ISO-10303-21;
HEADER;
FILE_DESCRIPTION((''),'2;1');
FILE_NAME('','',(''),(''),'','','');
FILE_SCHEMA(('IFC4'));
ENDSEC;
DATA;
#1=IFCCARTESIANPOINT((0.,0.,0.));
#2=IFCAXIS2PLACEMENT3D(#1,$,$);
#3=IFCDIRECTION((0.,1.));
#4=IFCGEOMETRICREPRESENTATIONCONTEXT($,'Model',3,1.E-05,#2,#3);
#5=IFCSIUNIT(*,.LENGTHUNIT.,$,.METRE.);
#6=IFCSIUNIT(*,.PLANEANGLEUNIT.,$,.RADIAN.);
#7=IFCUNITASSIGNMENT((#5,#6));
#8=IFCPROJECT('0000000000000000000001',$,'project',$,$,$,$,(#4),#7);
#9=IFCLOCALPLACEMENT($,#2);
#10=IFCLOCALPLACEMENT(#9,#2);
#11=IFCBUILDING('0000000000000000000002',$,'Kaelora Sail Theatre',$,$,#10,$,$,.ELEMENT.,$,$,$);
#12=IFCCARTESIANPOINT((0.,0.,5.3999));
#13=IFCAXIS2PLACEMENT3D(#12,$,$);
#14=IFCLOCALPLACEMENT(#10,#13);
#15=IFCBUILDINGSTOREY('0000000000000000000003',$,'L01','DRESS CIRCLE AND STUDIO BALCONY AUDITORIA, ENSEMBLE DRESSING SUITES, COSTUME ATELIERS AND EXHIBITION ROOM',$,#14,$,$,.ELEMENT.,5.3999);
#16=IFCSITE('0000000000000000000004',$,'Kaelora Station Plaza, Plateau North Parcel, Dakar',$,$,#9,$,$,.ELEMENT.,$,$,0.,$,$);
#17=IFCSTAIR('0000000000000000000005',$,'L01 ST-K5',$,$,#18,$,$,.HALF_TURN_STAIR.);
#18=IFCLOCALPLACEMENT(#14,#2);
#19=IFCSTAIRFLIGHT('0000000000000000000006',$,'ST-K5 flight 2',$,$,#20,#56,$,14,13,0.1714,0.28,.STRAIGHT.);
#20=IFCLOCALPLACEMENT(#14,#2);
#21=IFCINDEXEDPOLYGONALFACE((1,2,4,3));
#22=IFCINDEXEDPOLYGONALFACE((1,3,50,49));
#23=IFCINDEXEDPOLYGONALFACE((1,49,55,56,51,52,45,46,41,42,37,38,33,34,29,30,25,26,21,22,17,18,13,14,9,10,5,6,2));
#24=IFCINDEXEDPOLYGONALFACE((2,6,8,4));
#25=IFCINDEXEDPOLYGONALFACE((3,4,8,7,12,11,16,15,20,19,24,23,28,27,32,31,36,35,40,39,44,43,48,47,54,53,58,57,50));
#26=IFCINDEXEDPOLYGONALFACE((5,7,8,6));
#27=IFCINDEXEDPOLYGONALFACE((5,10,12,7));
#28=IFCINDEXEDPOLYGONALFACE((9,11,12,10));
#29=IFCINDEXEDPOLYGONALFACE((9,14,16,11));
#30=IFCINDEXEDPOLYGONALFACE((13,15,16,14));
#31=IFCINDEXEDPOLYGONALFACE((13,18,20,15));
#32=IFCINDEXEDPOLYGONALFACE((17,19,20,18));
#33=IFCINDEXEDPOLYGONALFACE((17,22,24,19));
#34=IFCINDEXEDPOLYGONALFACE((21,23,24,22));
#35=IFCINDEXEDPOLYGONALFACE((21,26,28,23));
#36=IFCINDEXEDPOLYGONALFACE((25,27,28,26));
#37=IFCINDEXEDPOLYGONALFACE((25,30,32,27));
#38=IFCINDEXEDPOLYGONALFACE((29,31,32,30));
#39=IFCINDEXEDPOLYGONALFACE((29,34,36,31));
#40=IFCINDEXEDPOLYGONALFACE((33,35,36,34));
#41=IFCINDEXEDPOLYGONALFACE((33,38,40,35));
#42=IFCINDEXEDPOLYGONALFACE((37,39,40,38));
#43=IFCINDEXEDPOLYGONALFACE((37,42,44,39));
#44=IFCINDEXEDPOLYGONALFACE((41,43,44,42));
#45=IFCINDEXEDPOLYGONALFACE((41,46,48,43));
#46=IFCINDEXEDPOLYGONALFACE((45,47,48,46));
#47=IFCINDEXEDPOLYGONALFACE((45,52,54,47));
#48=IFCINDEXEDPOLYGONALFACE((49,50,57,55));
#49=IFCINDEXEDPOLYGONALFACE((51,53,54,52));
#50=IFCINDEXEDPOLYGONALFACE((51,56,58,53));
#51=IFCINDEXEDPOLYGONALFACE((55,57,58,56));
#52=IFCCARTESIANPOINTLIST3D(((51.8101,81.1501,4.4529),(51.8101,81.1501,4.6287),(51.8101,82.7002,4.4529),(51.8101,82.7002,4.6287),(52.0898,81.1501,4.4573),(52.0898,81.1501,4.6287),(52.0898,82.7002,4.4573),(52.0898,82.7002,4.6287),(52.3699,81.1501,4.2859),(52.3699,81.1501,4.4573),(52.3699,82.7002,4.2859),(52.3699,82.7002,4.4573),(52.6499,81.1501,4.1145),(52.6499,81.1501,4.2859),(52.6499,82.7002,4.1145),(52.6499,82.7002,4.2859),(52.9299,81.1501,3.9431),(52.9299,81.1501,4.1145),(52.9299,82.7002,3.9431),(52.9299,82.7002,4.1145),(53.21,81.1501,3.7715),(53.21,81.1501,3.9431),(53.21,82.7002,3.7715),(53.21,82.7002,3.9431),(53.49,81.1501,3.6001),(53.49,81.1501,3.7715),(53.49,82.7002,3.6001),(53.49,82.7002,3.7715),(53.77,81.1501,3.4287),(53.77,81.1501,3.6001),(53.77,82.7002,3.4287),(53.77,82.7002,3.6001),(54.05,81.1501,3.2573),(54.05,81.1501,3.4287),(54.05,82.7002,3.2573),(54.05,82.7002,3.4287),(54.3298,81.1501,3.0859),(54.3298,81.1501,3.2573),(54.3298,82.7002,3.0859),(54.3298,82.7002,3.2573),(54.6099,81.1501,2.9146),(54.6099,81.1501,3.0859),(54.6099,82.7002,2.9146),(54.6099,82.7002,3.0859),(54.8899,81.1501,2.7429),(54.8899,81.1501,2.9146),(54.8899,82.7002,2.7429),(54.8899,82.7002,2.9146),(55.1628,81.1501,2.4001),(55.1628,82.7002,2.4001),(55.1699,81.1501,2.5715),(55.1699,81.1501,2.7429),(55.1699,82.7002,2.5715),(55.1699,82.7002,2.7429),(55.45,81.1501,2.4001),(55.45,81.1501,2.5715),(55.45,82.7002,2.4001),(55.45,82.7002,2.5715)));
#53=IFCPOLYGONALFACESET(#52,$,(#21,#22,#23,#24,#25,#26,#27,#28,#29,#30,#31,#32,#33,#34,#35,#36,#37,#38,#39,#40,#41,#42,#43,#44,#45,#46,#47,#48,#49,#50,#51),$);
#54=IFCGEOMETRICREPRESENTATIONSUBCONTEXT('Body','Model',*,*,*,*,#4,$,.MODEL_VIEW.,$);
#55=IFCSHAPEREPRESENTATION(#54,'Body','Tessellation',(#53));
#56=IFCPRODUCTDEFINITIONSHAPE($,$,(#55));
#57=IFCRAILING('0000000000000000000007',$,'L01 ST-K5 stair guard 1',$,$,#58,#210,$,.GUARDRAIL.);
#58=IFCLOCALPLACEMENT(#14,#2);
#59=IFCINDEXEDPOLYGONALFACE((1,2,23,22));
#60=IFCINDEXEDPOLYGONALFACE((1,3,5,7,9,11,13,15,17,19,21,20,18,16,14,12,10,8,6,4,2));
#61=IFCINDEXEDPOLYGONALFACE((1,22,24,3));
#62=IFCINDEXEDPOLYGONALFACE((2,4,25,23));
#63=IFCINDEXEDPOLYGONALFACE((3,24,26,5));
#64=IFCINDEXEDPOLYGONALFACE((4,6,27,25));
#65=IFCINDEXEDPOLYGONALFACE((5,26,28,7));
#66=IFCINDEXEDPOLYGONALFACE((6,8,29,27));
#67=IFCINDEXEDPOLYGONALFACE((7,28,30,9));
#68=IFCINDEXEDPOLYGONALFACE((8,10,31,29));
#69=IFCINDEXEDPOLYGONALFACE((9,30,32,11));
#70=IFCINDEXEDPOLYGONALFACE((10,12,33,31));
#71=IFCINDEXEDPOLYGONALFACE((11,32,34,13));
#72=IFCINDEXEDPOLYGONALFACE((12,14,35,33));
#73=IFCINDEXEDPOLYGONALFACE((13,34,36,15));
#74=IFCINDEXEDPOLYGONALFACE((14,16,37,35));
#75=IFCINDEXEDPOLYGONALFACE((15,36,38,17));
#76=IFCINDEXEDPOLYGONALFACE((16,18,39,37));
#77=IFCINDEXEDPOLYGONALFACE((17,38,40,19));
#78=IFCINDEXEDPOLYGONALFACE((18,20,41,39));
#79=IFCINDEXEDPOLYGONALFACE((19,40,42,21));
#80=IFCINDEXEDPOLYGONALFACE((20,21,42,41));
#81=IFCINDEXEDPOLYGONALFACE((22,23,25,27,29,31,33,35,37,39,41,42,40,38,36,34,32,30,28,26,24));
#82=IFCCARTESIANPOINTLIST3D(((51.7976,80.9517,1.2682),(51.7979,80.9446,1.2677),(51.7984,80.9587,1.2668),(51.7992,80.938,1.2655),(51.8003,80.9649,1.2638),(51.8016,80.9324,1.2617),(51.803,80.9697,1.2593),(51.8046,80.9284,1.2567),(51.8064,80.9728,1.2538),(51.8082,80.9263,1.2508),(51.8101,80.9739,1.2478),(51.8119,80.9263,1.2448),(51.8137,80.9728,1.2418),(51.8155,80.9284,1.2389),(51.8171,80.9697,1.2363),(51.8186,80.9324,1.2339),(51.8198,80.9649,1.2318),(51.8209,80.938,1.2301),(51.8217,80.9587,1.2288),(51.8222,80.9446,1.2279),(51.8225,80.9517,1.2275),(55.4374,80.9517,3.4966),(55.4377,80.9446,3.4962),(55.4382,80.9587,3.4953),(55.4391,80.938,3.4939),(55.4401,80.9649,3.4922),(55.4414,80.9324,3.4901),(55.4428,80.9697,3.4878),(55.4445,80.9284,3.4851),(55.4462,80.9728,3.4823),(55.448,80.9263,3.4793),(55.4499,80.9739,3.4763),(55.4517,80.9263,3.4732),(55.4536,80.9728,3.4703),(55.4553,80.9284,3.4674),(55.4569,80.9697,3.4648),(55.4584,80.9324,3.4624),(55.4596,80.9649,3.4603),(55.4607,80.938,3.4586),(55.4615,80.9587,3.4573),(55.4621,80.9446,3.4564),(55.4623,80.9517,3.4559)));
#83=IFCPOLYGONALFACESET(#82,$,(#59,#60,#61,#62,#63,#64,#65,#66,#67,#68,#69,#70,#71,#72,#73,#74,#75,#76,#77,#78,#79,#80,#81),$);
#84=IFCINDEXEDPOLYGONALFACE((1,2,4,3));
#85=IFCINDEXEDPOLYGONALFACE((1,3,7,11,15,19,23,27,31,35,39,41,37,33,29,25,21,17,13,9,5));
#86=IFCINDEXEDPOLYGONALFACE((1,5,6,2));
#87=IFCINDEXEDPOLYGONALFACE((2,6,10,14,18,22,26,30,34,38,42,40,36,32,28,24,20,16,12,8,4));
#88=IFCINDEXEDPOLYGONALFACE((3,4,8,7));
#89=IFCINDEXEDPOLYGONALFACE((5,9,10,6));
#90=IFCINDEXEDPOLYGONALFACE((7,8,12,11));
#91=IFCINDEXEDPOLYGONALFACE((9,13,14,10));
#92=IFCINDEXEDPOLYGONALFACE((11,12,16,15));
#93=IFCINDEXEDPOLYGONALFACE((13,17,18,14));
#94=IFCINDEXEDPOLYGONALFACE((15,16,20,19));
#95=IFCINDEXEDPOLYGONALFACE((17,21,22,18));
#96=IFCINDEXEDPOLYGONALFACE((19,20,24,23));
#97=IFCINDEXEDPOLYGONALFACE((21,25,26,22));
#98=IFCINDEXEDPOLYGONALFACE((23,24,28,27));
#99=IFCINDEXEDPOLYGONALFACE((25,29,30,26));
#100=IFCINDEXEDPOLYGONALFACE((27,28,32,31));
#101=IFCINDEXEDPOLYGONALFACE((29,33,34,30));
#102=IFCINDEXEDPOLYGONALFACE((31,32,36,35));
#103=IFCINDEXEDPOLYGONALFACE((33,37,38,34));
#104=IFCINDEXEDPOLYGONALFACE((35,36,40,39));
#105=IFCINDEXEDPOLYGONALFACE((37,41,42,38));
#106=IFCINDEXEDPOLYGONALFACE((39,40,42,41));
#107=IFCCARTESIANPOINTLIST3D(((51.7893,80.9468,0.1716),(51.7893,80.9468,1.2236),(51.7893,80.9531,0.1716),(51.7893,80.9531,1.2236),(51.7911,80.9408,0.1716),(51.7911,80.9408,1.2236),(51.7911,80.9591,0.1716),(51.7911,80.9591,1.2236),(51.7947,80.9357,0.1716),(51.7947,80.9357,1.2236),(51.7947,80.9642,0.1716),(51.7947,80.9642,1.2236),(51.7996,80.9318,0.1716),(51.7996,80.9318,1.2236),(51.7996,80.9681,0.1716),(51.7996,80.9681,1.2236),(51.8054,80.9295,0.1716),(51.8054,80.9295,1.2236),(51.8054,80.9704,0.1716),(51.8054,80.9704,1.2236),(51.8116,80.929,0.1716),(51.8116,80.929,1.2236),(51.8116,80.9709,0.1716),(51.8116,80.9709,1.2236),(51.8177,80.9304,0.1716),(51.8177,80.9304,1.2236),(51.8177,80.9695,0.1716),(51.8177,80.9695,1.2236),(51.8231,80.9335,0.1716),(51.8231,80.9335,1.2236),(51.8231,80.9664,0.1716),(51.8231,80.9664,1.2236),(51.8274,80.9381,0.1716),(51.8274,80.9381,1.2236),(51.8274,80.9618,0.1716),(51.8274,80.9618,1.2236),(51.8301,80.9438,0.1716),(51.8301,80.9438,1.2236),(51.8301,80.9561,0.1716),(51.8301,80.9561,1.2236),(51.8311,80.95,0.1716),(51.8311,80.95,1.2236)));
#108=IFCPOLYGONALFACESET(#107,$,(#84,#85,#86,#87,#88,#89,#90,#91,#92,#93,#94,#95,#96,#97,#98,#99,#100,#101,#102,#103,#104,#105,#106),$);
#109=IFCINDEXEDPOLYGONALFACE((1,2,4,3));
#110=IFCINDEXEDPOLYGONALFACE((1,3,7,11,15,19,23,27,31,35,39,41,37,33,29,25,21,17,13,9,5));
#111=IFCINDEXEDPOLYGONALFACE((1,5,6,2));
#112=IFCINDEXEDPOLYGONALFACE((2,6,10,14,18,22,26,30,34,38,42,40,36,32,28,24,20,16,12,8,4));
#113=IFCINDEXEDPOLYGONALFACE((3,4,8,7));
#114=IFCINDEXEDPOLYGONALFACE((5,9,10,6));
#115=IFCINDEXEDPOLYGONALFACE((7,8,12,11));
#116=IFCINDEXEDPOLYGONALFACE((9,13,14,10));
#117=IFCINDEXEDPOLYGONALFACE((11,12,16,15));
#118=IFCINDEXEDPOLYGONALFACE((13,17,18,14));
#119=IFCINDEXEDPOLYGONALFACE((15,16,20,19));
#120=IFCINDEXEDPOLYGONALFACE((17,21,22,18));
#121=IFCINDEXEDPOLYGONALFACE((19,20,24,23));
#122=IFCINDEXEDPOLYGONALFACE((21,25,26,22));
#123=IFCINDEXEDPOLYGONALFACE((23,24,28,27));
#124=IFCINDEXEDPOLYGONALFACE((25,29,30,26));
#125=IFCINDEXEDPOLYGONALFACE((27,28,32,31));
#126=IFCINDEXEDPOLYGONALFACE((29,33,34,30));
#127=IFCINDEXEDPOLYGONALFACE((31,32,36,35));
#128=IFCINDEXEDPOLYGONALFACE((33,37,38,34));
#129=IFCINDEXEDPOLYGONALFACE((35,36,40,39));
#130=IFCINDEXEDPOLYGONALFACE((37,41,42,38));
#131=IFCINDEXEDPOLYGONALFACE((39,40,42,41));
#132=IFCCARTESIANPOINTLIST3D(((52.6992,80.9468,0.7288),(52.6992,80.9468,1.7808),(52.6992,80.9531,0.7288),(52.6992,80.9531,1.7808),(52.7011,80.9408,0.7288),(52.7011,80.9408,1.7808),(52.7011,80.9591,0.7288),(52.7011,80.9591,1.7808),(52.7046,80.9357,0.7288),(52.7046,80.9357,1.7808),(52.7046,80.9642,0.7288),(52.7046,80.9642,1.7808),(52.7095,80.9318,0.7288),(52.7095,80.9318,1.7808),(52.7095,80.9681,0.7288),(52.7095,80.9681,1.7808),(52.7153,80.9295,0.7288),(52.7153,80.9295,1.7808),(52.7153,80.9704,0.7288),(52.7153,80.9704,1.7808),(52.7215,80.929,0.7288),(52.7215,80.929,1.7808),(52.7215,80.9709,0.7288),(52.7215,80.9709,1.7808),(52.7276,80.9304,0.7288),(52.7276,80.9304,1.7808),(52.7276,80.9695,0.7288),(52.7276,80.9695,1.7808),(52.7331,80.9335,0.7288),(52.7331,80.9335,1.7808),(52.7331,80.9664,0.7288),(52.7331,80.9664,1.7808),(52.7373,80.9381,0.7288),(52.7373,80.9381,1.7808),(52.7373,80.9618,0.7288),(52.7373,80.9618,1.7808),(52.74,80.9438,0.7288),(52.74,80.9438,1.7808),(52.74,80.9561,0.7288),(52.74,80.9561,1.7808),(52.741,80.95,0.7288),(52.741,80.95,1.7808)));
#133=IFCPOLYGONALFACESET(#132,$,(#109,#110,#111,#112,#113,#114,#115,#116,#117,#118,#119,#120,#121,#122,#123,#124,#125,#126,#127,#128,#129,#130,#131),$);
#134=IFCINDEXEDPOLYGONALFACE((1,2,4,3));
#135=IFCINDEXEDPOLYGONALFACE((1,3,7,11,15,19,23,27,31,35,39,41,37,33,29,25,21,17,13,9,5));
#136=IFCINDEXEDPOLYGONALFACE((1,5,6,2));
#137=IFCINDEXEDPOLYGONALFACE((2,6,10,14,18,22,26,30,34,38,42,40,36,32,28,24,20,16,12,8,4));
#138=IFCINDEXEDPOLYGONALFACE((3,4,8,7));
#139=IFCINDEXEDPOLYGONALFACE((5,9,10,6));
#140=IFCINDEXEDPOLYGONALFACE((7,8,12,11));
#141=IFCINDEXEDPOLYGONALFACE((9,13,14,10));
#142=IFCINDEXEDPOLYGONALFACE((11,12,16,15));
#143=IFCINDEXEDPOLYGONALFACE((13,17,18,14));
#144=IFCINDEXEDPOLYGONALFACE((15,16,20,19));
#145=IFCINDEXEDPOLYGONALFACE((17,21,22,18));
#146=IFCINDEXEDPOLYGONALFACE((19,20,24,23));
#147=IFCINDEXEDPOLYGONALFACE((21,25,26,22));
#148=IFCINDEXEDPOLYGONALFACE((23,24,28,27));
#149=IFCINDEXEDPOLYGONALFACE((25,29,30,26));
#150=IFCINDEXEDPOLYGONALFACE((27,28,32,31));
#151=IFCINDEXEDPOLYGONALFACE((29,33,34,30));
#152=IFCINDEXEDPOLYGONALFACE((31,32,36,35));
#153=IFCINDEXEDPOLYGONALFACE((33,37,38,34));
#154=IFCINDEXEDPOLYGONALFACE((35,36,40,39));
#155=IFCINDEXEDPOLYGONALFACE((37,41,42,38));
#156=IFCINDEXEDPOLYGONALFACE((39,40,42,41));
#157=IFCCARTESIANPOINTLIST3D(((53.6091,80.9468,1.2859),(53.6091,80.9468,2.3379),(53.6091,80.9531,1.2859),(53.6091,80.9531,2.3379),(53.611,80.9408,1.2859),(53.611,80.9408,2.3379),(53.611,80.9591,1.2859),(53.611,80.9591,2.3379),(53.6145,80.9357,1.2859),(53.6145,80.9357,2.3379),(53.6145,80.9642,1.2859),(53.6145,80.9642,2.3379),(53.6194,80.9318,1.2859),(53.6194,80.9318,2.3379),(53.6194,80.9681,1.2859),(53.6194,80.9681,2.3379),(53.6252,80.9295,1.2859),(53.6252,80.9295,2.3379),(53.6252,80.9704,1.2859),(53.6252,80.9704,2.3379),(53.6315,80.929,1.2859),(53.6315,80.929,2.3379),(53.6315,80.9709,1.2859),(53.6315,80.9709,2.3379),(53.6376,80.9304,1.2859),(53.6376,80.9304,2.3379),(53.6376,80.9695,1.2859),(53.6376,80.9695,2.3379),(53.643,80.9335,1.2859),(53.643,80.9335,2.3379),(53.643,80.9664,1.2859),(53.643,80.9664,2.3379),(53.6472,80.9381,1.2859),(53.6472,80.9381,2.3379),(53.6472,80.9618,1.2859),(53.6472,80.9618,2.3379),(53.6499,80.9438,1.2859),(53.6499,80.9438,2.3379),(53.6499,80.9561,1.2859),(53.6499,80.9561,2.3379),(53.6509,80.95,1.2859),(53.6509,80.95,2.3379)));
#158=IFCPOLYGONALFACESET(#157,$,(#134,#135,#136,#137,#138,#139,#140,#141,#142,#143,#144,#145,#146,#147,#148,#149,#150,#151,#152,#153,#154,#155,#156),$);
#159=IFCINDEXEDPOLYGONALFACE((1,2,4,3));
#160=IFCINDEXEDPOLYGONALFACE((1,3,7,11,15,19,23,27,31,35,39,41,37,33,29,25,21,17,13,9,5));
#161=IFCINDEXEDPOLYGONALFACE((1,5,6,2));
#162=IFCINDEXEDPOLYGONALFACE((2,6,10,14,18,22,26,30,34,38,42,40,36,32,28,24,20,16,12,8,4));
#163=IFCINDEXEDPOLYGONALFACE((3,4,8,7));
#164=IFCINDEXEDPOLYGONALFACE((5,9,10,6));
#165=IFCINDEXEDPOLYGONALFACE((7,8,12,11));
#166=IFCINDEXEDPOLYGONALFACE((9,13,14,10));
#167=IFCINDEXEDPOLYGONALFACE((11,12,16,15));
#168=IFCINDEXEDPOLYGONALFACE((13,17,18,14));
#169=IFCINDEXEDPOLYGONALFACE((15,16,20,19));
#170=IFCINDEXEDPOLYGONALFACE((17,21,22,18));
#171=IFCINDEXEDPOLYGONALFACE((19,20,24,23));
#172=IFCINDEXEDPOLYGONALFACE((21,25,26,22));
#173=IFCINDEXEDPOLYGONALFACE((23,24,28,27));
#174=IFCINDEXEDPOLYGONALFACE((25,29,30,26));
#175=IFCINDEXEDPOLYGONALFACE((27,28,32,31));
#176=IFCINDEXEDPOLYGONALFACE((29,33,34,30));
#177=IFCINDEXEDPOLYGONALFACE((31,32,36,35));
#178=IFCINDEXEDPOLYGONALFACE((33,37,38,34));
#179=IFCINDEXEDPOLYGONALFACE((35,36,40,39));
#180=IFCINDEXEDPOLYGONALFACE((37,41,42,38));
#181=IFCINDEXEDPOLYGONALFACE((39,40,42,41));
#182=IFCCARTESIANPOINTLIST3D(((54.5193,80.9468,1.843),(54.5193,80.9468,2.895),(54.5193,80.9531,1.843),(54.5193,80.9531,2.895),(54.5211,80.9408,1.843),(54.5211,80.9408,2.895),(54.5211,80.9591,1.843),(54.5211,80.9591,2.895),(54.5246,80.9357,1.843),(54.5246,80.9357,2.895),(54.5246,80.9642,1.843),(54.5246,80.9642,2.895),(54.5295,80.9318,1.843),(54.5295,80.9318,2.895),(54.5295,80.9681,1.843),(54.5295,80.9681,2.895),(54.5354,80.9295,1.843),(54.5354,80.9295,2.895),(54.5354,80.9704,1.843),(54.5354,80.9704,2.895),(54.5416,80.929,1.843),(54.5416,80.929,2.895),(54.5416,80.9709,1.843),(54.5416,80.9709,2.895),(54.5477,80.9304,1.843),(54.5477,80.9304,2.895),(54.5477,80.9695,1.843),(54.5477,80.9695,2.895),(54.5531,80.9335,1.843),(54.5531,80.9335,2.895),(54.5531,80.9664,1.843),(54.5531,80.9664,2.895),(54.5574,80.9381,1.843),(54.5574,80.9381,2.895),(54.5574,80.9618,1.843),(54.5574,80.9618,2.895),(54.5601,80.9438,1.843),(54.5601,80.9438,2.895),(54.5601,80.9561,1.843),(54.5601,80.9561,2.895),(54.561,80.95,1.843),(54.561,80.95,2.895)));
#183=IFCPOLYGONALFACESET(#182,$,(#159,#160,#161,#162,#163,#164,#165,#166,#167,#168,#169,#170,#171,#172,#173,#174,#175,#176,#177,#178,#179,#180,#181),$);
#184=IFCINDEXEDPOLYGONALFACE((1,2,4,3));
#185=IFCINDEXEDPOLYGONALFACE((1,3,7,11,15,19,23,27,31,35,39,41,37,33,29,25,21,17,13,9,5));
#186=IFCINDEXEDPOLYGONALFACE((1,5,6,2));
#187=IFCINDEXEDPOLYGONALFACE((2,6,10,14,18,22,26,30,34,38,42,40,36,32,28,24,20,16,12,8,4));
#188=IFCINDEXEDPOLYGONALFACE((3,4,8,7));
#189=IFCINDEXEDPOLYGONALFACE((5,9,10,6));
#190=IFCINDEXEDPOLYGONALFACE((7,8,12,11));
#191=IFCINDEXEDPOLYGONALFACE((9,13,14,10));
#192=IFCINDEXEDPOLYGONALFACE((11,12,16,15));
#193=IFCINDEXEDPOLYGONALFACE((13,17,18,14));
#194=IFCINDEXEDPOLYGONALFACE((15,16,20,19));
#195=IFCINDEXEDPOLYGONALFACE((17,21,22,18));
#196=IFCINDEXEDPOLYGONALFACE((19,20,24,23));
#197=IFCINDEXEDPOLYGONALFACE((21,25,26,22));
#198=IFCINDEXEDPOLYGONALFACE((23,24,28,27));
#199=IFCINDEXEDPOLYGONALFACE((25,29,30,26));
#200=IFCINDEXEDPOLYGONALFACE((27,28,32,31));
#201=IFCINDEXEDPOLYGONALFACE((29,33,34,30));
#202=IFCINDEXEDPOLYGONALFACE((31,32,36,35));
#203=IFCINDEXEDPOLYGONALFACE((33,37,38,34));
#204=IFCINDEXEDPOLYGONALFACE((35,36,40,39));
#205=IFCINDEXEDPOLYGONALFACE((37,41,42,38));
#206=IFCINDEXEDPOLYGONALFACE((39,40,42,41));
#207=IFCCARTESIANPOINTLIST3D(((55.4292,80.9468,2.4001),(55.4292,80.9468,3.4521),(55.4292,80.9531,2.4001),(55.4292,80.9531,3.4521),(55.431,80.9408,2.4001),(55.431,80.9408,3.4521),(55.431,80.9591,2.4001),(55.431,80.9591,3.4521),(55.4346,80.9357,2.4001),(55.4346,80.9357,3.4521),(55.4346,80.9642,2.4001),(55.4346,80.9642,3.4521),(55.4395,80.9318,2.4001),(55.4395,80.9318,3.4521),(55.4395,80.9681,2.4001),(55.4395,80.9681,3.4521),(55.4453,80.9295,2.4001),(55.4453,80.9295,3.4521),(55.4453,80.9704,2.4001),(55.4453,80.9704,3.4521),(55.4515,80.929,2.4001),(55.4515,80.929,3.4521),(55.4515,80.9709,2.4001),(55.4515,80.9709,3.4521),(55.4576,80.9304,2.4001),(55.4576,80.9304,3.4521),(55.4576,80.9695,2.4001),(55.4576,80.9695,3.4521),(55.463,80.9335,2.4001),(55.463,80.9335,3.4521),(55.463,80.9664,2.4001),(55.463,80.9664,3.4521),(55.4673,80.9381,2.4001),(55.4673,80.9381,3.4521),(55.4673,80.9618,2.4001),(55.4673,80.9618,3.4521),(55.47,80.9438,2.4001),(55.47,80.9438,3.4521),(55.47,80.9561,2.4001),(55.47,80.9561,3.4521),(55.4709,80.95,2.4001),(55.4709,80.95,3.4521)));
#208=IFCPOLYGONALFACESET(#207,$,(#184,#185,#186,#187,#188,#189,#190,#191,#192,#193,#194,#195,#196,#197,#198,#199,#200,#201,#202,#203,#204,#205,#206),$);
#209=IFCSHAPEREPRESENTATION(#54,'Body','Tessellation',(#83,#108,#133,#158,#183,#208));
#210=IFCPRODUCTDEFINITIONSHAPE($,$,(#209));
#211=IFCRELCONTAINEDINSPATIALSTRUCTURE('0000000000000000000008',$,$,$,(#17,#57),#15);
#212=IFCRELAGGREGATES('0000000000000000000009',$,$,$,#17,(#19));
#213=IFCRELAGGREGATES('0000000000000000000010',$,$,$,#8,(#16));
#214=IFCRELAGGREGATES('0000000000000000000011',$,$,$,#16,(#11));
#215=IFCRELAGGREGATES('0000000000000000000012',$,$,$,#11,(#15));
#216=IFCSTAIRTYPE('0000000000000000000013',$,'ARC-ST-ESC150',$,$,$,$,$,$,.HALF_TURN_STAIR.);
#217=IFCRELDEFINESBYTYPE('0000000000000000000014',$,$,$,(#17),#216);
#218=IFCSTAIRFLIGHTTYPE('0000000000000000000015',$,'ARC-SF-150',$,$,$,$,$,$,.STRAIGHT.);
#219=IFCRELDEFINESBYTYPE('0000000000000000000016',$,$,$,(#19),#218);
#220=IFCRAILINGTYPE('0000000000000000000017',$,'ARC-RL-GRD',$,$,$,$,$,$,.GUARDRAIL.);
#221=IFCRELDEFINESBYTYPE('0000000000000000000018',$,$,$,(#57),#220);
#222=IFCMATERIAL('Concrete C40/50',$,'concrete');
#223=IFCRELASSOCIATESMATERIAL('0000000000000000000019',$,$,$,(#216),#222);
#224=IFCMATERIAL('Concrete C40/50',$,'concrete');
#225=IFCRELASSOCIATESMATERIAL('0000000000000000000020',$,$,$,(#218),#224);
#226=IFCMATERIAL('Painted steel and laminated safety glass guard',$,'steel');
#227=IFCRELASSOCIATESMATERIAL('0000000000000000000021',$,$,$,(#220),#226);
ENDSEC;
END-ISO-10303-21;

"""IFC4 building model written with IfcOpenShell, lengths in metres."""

from ifc_helpers import new_model, si_unit, direction, frame, origin, origin_2d, place, context, subcontext, project, spatial, polyline, circle, outline, extrude, material, type_object, element, aggregate, save


model = new_model("IFC4")

# Units and contexts
model_context = context("Model", 3, precision=1e-05, world=origin(), true_north=direction((0.0, 1.0)))
body_context = subcontext(model_context, "Body", "Model", "MODEL_VIEW")
ifc_project = project(units=[si_unit("LENGTHUNIT", "METRE"), si_unit("PLANEANGLEUNIT", "RADIAN")], contexts=[model_context])

# Site, building, storey
site_placement = place(None, origin())
site = spatial("IfcSite", under=ifc_project, at=site_placement, Name="Kaelora Station Plaza, Plateau North Parcel, Dakar", CompositionType="ELEMENT", RefElevation=0.0)
building_placement = place(site_placement, origin())
building = spatial("IfcBuilding", under=site, at=building_placement, Name="Kaelora Sail Theatre", CompositionType="ELEMENT")
storey_placement = place(building_placement, frame((0.0, 0.0, 5.3999)))
storey = spatial("IfcBuildingStorey", under=building, at=storey_placement, Name="L01", Description="DRESS CIRCLE AND STUDIO BALCONY AUDITORIA, ENSEMBLE DRESSING SUITES, COSTUME ATELIERS AND EXHIBITION ROOM", CompositionType="ELEMENT", Elevation=5.3999)

# Stair, stair flight
ifc_material_1 = material(Name="Concrete C40/50", Category="concrete")
stair_type = type_object("IfcStairType", Name="ARC-ST-ESC150", PredefinedType="HALF_TURN_STAIR", material=ifc_material_1)
stair_placement = place(storey_placement, origin())
stair = element("IfcStair", 1, at=stair_placement, inside=storey, type_object=stair_type, Name="L01 ST-K5", PredefinedType="HALF_TURN_STAIR")
ifc_material_2 = material(Name="Concrete C40/50", Category="concrete")
stair_flight_type = type_object("IfcStairFlightType", Name="ARC-SF-150", PredefinedType="STRAIGHT", material=ifc_material_2)
stair_flight_1_placement = place(storey_placement, frame((55.45, 81.925, 2.4001), z_axis=(0.0, 0.0, 1.0), x_axis=(-1.0, 0.0, 0.0)))
stair_flight_1 = element("IfcStairFlight", 2, at=stair_flight_1_placement, type_object=stair_flight_type, Name="ST-K5 flight 2", NumberOfRisers=14, NumberOfTreads=13, PredefinedType="STRAIGHT", RiserHeight=0.1714, TreadLength=0.28, context=body_context, shape_type="SweptSolid", body=[
    extrude(outline(polyline([(0.0, 0.0), (0.0, 0.1714), (0.28, 0.1714), (0.28, 0.3428), (0.5601, 0.3428), (0.5601, 0.5144), (0.8401, 0.5144), (0.8401, 0.6858), (1.1201, 0.6858), (1.1201, 0.8572), (1.3999, 0.8572), (1.3999, 1.0286), (1.6799, 1.0286), (1.6799, 1.2), (1.96, 1.2), (1.96, 1.3713), (2.24, 1.3713), (2.24, 1.543), (2.52, 1.543), (2.52, 1.7144), (2.8, 1.7144), (2.8, 1.8857), (3.0801, 1.8857), (3.0801, 2.0571), (3.3601, 2.0571), (3.3601, 2.2285), (3.6399, 2.2285), (3.6399, 2.3999), (3.6399, 2.0527), (0.2871, 0.0), (0.0, 0.0)])), frame((0.0, 0.7749, 0.0), z_axis=(0.0, -1.0, 0.0), x_axis=(1.0, 0.0, 0.0)), (0.0, 0.0, 1.0), 1.55),
])
aggregate(stair, [stair_flight_1])

# Railing
ifc_material_3 = material(Name="Painted steel and laminated safety glass guard", Category="steel")
railing_type_1 = type_object("IfcRailingType", Name="ARC-RL-GRD", PredefinedType="GUARDRAIL", material=ifc_material_3)
railing_1_placement = place(storey_placement, frame((51.8101, 80.95, 0.1716)))
element("IfcRailing", 3, at=railing_1_placement, inside=storey, type_object=railing_type_1, Name="L01 ST-K5 stair guard 1", PredefinedType="GUARDRAIL", context=body_context, shape_type="SweptSolid", body=[
    extrude(circle(Radius=0.0239, at=origin_2d()), frame((0.0, 0.0, 1.0762), z_axis=(0.85285, 0.0, 0.522156), x_axis=(0.0, 1.0, 0.0)), (0.0, 0.0, 1.0), 4.2678),
    extrude(circle(Radius=0.021, at=origin_2d()), origin(), (0.0, 0.0, 1.0), 1.052),
    extrude(circle(Radius=0.021, at=origin_2d()), frame((0.9099, 0.0, 0.5571)), (0.0, 0.0, 1.0), 1.052),
    extrude(circle(Radius=0.021, at=origin_2d()), frame((1.8198, 0.0, 1.1143)), (0.0, 0.0, 1.0), 1.052),
    extrude(circle(Radius=0.021, at=origin_2d()), frame((2.73, 0.0, 1.6714)), (0.0, 0.0, 1.0), 1.052),
    extrude(circle(Radius=0.021, at=origin_2d()), frame((3.6399, 0.0, 2.2285)), (0.0, 0.0, 1.0), 1.052),
])

save(model, "model.ifc")
